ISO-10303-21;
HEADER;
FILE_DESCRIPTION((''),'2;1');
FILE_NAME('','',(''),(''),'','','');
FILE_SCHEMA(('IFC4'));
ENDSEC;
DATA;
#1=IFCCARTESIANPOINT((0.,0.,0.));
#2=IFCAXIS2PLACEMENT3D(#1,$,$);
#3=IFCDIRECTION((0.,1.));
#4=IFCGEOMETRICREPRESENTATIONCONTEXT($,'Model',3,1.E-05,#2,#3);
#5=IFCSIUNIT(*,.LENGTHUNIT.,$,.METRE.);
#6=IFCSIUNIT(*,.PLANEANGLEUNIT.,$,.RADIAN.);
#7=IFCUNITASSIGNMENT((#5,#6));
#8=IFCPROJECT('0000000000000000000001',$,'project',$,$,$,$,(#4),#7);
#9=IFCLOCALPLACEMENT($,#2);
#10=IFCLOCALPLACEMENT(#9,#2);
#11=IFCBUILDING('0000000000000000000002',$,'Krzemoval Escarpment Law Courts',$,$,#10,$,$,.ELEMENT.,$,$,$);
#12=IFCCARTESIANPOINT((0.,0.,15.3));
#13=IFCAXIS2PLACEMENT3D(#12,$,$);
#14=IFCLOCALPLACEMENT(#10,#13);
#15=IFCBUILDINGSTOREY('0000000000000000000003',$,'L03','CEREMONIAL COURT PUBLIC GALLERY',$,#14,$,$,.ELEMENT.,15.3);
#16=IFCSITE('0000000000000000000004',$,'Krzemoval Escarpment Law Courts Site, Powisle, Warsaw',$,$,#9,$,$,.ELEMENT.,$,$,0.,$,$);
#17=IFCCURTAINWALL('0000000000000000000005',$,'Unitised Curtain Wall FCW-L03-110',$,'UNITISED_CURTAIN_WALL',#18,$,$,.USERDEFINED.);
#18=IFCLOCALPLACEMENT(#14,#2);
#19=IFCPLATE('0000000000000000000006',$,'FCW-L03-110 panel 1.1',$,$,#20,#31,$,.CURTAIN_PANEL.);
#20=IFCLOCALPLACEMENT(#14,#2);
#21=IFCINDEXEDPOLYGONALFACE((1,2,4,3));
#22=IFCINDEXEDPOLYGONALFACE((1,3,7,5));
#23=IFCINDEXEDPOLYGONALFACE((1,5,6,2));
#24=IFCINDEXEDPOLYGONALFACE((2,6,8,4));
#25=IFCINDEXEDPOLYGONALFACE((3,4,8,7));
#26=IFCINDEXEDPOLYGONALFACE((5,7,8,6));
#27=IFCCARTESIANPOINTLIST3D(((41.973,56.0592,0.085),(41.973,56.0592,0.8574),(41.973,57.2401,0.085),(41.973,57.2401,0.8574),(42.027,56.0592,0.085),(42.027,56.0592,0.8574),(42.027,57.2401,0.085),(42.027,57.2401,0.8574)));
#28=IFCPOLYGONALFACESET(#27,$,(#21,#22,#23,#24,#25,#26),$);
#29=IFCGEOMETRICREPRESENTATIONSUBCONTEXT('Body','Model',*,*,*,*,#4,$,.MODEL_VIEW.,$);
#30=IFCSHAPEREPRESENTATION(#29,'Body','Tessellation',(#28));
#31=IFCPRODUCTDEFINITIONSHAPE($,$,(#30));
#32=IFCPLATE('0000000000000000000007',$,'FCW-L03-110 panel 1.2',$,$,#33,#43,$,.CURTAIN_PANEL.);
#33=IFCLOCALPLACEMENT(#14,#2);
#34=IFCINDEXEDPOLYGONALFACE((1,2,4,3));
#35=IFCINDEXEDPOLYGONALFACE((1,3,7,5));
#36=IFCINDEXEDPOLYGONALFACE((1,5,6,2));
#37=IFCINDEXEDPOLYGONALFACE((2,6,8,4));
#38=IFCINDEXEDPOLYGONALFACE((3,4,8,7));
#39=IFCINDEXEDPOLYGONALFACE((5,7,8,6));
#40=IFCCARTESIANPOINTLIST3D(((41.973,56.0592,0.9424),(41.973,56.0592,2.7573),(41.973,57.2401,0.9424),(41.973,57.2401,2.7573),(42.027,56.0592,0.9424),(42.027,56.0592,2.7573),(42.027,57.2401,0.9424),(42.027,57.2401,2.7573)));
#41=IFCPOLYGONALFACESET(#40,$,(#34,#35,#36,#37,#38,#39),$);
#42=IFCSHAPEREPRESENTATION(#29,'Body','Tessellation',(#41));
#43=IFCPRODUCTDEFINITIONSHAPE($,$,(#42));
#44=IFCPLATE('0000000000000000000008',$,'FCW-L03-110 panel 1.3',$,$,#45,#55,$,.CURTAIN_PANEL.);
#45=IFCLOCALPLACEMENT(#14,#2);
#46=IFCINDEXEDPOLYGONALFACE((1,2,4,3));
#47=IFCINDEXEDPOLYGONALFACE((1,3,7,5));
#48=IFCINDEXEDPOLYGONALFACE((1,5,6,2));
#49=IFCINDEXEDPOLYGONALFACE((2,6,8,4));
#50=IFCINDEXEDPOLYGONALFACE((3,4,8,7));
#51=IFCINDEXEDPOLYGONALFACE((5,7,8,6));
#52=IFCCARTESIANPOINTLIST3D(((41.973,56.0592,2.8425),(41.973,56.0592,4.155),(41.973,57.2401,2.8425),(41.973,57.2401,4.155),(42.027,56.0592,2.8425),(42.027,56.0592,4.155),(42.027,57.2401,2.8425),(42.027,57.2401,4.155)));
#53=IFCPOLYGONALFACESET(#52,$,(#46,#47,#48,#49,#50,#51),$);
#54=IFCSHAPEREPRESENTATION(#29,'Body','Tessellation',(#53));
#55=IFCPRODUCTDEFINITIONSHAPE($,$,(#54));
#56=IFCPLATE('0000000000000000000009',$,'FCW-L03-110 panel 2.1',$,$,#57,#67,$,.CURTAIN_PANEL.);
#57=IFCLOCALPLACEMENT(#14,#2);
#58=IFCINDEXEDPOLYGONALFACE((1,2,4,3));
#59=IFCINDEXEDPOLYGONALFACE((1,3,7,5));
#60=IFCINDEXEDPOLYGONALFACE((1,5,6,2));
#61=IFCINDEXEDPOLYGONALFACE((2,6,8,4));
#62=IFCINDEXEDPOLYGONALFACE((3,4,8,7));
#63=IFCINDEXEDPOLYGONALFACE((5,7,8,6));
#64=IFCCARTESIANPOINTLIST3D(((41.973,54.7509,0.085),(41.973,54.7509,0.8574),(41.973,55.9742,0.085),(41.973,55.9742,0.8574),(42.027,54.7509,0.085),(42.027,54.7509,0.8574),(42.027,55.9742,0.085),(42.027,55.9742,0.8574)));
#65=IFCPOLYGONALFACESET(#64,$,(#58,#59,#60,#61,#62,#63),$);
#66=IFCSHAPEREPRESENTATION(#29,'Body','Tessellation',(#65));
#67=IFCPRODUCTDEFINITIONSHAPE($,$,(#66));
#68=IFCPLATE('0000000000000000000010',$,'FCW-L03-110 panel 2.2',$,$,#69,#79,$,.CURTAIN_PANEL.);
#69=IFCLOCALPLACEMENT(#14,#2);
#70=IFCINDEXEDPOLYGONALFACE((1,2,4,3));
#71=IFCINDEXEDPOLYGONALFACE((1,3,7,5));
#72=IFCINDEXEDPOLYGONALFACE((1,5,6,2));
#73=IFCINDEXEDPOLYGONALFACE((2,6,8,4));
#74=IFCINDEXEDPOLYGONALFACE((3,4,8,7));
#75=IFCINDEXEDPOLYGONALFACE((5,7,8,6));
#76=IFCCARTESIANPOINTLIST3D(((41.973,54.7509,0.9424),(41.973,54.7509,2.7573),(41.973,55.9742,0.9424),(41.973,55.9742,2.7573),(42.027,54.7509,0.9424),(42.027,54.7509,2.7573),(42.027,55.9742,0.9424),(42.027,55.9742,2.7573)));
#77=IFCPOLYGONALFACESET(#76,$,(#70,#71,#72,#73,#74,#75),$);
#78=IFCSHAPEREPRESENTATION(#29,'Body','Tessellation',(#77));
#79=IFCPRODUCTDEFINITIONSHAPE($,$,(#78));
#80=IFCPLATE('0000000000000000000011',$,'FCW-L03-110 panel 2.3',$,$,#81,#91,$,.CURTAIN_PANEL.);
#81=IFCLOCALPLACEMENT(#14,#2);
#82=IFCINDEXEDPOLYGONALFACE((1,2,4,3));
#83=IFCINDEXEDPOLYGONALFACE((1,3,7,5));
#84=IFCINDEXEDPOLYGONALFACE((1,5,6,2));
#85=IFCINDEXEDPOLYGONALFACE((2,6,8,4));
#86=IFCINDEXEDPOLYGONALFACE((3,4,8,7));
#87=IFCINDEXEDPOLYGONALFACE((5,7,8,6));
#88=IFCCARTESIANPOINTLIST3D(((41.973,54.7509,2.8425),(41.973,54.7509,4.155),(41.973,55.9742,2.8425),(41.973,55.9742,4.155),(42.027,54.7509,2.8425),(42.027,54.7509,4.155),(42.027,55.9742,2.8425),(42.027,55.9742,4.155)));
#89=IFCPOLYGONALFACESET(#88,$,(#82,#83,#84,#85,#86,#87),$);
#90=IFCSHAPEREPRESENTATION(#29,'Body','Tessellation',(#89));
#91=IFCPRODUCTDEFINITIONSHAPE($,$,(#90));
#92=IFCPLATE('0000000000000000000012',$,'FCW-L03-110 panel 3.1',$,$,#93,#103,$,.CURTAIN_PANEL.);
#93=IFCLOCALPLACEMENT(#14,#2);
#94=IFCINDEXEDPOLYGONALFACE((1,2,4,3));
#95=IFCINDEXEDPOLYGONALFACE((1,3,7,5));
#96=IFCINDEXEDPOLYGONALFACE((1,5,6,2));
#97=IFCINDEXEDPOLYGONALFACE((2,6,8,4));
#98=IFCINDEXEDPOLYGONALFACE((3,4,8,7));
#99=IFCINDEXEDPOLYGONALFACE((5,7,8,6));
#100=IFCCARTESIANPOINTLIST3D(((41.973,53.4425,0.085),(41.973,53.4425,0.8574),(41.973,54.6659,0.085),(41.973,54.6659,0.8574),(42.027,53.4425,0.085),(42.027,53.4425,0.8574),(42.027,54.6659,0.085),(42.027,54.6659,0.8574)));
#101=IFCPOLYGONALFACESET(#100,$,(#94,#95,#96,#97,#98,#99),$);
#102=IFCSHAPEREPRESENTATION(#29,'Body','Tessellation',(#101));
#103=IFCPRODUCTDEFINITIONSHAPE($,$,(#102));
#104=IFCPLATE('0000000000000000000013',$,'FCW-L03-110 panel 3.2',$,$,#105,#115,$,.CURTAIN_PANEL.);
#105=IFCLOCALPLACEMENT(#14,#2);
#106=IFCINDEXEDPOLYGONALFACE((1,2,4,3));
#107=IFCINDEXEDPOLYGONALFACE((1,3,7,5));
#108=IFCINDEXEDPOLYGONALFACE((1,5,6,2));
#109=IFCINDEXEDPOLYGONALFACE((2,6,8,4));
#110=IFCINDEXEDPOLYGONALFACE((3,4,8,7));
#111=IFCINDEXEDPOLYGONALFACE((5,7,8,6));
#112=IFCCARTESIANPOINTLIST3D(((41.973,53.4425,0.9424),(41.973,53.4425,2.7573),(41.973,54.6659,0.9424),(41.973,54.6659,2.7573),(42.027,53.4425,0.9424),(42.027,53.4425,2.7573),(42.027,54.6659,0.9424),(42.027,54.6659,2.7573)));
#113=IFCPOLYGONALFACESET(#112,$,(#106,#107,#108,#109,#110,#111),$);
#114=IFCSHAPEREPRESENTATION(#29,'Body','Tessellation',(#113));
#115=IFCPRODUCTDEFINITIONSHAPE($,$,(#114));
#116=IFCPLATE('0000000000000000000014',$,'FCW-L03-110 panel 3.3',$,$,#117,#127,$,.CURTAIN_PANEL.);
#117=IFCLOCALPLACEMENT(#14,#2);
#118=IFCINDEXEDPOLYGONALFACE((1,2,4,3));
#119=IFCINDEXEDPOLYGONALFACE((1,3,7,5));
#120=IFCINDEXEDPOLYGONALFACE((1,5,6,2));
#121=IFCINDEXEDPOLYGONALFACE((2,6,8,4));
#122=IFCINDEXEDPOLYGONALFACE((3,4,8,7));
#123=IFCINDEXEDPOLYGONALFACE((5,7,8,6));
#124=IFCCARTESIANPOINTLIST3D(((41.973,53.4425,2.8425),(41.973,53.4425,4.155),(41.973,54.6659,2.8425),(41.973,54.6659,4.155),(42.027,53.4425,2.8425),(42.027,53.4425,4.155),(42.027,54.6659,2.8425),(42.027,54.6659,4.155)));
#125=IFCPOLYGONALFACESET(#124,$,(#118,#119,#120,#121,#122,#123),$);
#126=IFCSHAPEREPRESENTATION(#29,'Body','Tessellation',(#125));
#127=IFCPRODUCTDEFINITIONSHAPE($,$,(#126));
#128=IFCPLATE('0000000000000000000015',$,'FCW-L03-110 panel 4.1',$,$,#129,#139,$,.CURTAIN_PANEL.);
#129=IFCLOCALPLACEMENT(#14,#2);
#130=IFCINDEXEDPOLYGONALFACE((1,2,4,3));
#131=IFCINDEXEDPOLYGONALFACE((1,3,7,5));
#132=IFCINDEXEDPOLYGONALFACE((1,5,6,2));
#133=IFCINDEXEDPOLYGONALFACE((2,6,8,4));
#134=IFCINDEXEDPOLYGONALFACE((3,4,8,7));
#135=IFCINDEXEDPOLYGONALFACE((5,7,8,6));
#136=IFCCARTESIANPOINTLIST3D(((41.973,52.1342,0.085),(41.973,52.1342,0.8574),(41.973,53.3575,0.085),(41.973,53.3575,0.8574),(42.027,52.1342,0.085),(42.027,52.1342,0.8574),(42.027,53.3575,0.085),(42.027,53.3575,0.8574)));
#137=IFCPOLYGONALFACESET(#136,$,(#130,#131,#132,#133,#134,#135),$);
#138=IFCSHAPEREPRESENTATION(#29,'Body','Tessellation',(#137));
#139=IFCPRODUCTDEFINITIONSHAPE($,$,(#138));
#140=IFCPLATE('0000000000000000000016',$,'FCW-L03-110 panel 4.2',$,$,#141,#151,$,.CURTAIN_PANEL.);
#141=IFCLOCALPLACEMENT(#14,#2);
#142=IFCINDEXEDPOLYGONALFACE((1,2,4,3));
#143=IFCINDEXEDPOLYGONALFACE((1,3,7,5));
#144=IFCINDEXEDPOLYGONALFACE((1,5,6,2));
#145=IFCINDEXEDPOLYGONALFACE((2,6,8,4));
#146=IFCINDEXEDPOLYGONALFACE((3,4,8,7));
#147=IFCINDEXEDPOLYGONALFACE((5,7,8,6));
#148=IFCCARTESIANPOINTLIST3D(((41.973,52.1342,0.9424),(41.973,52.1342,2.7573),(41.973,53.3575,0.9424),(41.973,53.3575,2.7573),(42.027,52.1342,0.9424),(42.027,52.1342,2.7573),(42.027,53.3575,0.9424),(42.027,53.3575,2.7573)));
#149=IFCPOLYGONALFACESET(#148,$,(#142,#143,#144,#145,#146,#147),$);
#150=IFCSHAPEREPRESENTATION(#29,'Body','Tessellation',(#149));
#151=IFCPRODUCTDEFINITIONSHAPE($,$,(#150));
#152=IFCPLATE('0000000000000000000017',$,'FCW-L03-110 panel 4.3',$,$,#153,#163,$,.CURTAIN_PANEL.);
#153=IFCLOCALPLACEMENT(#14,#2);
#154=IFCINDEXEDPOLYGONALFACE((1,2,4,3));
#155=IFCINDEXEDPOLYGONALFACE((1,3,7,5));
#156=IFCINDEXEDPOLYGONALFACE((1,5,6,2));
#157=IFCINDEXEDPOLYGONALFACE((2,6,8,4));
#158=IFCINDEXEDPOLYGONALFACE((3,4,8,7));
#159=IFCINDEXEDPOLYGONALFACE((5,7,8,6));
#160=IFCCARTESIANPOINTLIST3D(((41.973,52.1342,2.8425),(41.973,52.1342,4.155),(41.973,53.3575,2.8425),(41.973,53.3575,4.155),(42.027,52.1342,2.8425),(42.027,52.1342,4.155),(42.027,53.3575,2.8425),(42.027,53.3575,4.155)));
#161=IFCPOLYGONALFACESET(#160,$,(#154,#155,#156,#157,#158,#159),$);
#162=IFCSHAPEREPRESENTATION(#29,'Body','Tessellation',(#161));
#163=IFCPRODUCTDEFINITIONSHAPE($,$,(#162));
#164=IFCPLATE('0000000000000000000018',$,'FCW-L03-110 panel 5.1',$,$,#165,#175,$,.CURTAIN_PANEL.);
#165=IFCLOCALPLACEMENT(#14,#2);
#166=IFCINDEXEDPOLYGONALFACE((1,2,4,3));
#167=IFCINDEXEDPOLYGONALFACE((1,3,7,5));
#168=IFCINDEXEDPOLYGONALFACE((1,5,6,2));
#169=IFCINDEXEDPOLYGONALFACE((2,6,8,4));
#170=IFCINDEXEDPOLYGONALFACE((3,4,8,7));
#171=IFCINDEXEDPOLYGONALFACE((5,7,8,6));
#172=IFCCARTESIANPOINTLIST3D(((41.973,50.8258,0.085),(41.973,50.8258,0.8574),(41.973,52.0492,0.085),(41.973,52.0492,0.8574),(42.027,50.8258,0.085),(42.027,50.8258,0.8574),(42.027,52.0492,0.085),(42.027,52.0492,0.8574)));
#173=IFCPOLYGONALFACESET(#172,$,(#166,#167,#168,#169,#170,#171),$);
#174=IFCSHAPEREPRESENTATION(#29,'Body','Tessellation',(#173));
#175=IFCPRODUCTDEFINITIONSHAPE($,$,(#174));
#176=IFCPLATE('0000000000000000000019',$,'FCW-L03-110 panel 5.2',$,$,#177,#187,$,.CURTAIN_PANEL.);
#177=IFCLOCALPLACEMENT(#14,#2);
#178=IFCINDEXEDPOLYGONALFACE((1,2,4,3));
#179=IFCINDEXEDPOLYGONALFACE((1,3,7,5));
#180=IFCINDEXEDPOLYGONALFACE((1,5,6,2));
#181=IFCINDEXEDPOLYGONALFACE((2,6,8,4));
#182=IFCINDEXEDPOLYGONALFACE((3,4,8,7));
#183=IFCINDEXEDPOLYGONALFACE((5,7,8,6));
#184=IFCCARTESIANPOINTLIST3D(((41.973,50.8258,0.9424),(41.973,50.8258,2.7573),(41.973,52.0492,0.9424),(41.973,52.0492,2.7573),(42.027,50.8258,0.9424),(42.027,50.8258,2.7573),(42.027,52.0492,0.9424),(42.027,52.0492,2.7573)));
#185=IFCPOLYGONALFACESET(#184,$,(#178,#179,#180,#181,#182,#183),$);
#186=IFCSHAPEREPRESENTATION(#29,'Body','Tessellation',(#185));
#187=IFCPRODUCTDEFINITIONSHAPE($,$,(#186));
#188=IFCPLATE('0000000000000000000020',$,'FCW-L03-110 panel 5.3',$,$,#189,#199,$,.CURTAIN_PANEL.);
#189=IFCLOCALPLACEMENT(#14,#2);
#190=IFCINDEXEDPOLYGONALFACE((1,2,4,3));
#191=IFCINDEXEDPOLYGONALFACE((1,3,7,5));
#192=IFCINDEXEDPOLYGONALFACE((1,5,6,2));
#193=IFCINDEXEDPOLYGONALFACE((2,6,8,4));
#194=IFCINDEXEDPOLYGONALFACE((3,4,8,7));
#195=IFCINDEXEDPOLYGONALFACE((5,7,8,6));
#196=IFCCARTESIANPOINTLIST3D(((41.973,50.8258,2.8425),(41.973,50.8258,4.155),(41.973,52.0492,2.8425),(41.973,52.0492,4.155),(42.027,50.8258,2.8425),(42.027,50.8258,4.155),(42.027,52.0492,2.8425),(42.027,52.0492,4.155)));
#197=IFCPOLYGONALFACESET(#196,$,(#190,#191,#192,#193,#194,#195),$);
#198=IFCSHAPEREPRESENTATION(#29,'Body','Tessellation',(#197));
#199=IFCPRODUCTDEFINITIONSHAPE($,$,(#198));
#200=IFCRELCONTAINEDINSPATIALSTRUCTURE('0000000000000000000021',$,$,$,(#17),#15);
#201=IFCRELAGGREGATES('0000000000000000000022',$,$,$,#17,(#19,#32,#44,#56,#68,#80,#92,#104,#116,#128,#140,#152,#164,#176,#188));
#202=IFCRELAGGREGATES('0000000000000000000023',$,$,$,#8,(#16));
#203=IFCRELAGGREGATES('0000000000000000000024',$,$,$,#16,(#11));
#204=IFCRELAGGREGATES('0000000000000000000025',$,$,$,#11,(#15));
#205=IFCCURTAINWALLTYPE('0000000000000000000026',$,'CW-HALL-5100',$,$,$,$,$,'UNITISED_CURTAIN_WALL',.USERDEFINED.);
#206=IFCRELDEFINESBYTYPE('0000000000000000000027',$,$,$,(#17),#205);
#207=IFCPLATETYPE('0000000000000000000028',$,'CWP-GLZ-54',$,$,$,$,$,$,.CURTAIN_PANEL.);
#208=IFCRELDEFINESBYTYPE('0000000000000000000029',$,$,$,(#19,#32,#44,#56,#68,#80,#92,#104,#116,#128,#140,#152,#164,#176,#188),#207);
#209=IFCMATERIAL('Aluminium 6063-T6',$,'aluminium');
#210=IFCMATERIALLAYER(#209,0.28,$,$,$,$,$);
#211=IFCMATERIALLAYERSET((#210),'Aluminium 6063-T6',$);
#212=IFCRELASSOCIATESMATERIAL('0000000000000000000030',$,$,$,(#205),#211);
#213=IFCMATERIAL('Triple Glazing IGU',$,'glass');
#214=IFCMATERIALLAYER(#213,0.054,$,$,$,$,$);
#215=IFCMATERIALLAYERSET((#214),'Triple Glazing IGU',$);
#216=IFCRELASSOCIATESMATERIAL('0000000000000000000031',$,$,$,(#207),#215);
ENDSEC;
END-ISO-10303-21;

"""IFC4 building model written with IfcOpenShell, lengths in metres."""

from ifc_helpers import new_model, si_unit, direction, frame, origin, origin_2d, place, context, subcontext, project, spatial, rectangle, extrude, material, layer, layer_set, type_object, element, aggregate, save


model = new_model("IFC4")

# Units and contexts
model_context = context("Model", 3, precision=1e-05, world=origin(), true_north=direction((0.0, 1.0)))
body_context = subcontext(model_context, "Body", "Model", "MODEL_VIEW")
ifc_project = project(units=[si_unit("LENGTHUNIT", "METRE"), si_unit("PLANEANGLEUNIT", "RADIAN")], contexts=[model_context])

# Site, building, storey
site_placement = place(None, origin())
site = spatial("IfcSite", under=ifc_project, at=site_placement, Name="Krzemoval Escarpment Law Courts Site, Powisle, Warsaw", CompositionType="ELEMENT", RefElevation=0.0)
building_placement = place(site_placement, origin())
building = spatial("IfcBuilding", under=site, at=building_placement, Name="Krzemoval Escarpment Law Courts", CompositionType="ELEMENT")
storey_placement = place(building_placement, frame((0.0, 0.0, 15.3)))
storey = spatial("IfcBuildingStorey", under=building, at=storey_placement, Name="L03", Description="CEREMONIAL COURT PUBLIC GALLERY", CompositionType="ELEMENT", Elevation=15.3)

# Curtain wall, plates
ifc_material_1 = material(Name="Aluminium 6063-T6", Category="aluminium")
ifc_layer_1 = layer(ifc_material_1, 0.28)
ifc_layer_set_1 = layer_set([ifc_layer_1], Name="Aluminium 6063-T6")
curtain_wall_type = type_object("IfcCurtainWallType", Name="CW-HALL-5100", ElementType="UNITISED_CURTAIN_WALL", PredefinedType="USERDEFINED", material=ifc_layer_set_1)
curtain_wall_placement = place(storey_placement, origin())
curtain_wall = element("IfcCurtainWall", 1, at=curtain_wall_placement, inside=storey, type_object=curtain_wall_type, Name="Unitised Curtain Wall FCW-L03-110", ObjectType="UNITISED_CURTAIN_WALL", PredefinedType="USERDEFINED")
ifc_material_2 = material(Name="Triple Glazing IGU", Category="glass")
ifc_layer_2 = layer(ifc_material_2, 0.054)
ifc_layer_set_2 = layer_set([ifc_layer_2], Name="Triple Glazing IGU")
plate_type = type_object("IfcPlateType", Name="CWP-GLZ-54", PredefinedType="CURTAIN_PANEL", material=ifc_layer_set_2)
plate_1_placement = place(storey_placement, frame((42.0, 56.6497, 0.085), z_axis=(0.0, 0.0, 1.0), x_axis=(0.0, -1.0, 0.0)))
plate_1 = element("IfcPlate", 2, at=plate_1_placement, type_object=plate_type, Name="FCW-L03-110 panel 1.1", PredefinedType="CURTAIN_PANEL", context=body_context, shape_type="SweptSolid", body=[
    extrude(rectangle(XDim=1.1809, YDim=0.054, at=origin_2d()), origin(), (0.0, 0.0, 1.0), 0.7725),
])
plate_2_placement = place(storey_placement, frame((42.0, 56.6497, 0.9424), z_axis=(0.0, 0.0, 1.0), x_axis=(0.0, -1.0, 0.0)))
plate_2 = element("IfcPlate", 3, at=plate_2_placement, type_object=plate_type, Name="FCW-L03-110 panel 1.2", PredefinedType="CURTAIN_PANEL", context=body_context, shape_type="SweptSolid", body=[
    extrude(rectangle(XDim=1.1809, YDim=0.054, at=origin_2d()), origin(), (0.0, 0.0, 1.0), 1.8149),
])
plate_3_placement = place(storey_placement, frame((42.0, 56.6497, 2.8425), z_axis=(0.0, 0.0, 1.0), x_axis=(0.0, -1.0, 0.0)))
plate_3 = element("IfcPlate", 4, at=plate_3_placement, type_object=plate_type, Name="FCW-L03-110 panel 1.3", PredefinedType="CURTAIN_PANEL", context=body_context, shape_type="SweptSolid", body=[
    extrude(rectangle(XDim=1.1809, YDim=0.054, at=origin_2d()), origin(), (0.0, 0.0, 1.0), 1.3125),
])
plate_4_placement = place(storey_placement, frame((42.0, 55.3625, 0.085), z_axis=(0.0, 0.0, 1.0), x_axis=(0.0, -1.0, 0.0)))
plate_4 = element("IfcPlate", 5, at=plate_4_placement, type_object=plate_type, Name="FCW-L03-110 panel 2.1", PredefinedType="CURTAIN_PANEL", context=body_context, shape_type="SweptSolid", body=[
    extrude(rectangle(XDim=1.2234, YDim=0.054, at=origin_2d()), origin(), (0.0, 0.0, 1.0), 0.7725),
])
plate_5_placement = place(storey_placement, frame((42.0, 55.3625, 0.9424), z_axis=(0.0, 0.0, 1.0), x_axis=(0.0, -1.0, 0.0)))
plate_5 = element("IfcPlate", 6, at=plate_5_placement, type_object=plate_type, Name="FCW-L03-110 panel 2.2", PredefinedType="CURTAIN_PANEL", context=body_context, shape_type="SweptSolid", body=[
    extrude(rectangle(XDim=1.2234, YDim=0.054, at=origin_2d()), origin(), (0.0, 0.0, 1.0), 1.8149),
])
plate_6_placement = place(storey_placement, frame((42.0, 55.3625, 2.8425), z_axis=(0.0, 0.0, 1.0), x_axis=(0.0, -1.0, 0.0)))
plate_6 = element("IfcPlate", 7, at=plate_6_placement, type_object=plate_type, Name="FCW-L03-110 panel 2.3", PredefinedType="CURTAIN_PANEL", context=body_context, shape_type="SweptSolid", body=[
    extrude(rectangle(XDim=1.2234, YDim=0.054, at=origin_2d()), origin(), (0.0, 0.0, 1.0), 1.3125),
])
plate_7_placement = place(storey_placement, frame((42.0, 54.0542, 0.085), z_axis=(0.0, 0.0, 1.0), x_axis=(0.0, -1.0, 0.0)))
plate_7 = element("IfcPlate", 8, at=plate_7_placement, type_object=plate_type, Name="FCW-L03-110 panel 3.1", PredefinedType="CURTAIN_PANEL", context=body_context, shape_type="SweptSolid", body=[
    extrude(rectangle(XDim=1.2234, YDim=0.054, at=origin_2d()), origin(), (0.0, 0.0, 1.0), 0.7725),
])
plate_8_placement = place(storey_placement, frame((42.0, 54.0542, 0.9424), z_axis=(0.0, 0.0, 1.0), x_axis=(0.0, -1.0, 0.0)))
plate_8 = element("IfcPlate", 9, at=plate_8_placement, type_object=plate_type, Name="FCW-L03-110 panel 3.2", PredefinedType="CURTAIN_PANEL", context=body_context, shape_type="SweptSolid", body=[
    extrude(rectangle(XDim=1.2234, YDim=0.054, at=origin_2d()), origin(), (0.0, 0.0, 1.0), 1.8149),
])
plate_9_placement = place(storey_placement, frame((42.0, 54.0542, 2.8425), z_axis=(0.0, 0.0, 1.0), x_axis=(0.0, -1.0, 0.0)))
plate_9 = element("IfcPlate", 10, at=plate_9_placement, type_object=plate_type, Name="FCW-L03-110 panel 3.3", PredefinedType="CURTAIN_PANEL", context=body_context, shape_type="SweptSolid", body=[
    extrude(rectangle(XDim=1.2234, YDim=0.054, at=origin_2d()), origin(), (0.0, 0.0, 1.0), 1.3125),
])
plate_10_placement = place(storey_placement, frame((42.0, 52.7458, 0.085), z_axis=(0.0, 0.0, 1.0), x_axis=(0.0, -1.0, 0.0)))
plate_10 = element("IfcPlate", 11, at=plate_10_placement, type_object=plate_type, Name="FCW-L03-110 panel 4.1", PredefinedType="CURTAIN_PANEL", context=body_context, shape_type="SweptSolid", body=[
    extrude(rectangle(XDim=1.2234, YDim=0.054, at=origin_2d()), origin(), (0.0, 0.0, 1.0), 0.7725),
])
plate_11_placement = place(storey_placement, frame((42.0, 52.7458, 0.9424), z_axis=(0.0, 0.0, 1.0), x_axis=(0.0, -1.0, 0.0)))
plate_11 = element("IfcPlate", 12, at=plate_11_placement, type_object=plate_type, Name="FCW-L03-110 panel 4.2", PredefinedType="CURTAIN_PANEL", context=body_context, shape_type="SweptSolid", body=[
    extrude(rectangle(XDim=1.2234, YDim=0.054, at=origin_2d()), origin(), (0.0, 0.0, 1.0), 1.8149),
])
plate_12_placement = place(storey_placement, frame((42.0, 52.7458, 2.8425), z_axis=(0.0, 0.0, 1.0), x_axis=(0.0, -1.0, 0.0)))
plate_12 = element("IfcPlate", 13, at=plate_12_placement, type_object=plate_type, Name="FCW-L03-110 panel 4.3", PredefinedType="CURTAIN_PANEL", context=body_context, shape_type="SweptSolid", body=[
    extrude(rectangle(XDim=1.2234, YDim=0.054, at=origin_2d()), origin(), (0.0, 0.0, 1.0), 1.3125),
])
plate_13_placement = place(storey_placement, frame((42.0, 51.4375, 0.085), z_axis=(0.0, 0.0, 1.0), x_axis=(0.0, -1.0, 0.0)))
plate_13 = element("IfcPlate", 14, at=plate_13_placement, type_object=plate_type, Name="FCW-L03-110 panel 5.1", PredefinedType="CURTAIN_PANEL", context=body_context, shape_type="SweptSolid", body=[
    extrude(rectangle(XDim=1.2234, YDim=0.054, at=origin_2d()), origin(), (0.0, 0.0, 1.0), 0.7725),
])
plate_14_placement = place(storey_placement, frame((42.0, 51.4375, 0.9424), z_axis=(0.0, 0.0, 1.0), x_axis=(0.0, -1.0, 0.0)))
plate_14 = element("IfcPlate", 15, at=plate_14_placement, type_object=plate_type, Name="FCW-L03-110 panel 5.2", PredefinedType="CURTAIN_PANEL", context=body_context, shape_type="SweptSolid", body=[
    extrude(rectangle(XDim=1.2234, YDim=0.054, at=origin_2d()), origin(), (0.0, 0.0, 1.0), 1.8149),
])
plate_15_placement = place(storey_placement, frame((42.0, 51.4375, 2.8425), z_axis=(0.0, 0.0, 1.0), x_axis=(0.0, -1.0, 0.0)))
plate_15 = element("IfcPlate", 16, at=plate_15_placement, type_object=plate_type, Name="FCW-L03-110 panel 5.3", PredefinedType="CURTAIN_PANEL", context=body_context, shape_type="SweptSolid", body=[
    extrude(rectangle(XDim=1.2234, YDim=0.054, at=origin_2d()), origin(), (0.0, 0.0, 1.0), 1.3125),
])
aggregate(curtain_wall, [plate_1, plate_2, plate_3, plate_4, plate_5, plate_6, plate_7, plate_8, plate_9, plate_10, plate_11, plate_12, plate_13, plate_14, plate_15])

save(model, "model.ifc")
